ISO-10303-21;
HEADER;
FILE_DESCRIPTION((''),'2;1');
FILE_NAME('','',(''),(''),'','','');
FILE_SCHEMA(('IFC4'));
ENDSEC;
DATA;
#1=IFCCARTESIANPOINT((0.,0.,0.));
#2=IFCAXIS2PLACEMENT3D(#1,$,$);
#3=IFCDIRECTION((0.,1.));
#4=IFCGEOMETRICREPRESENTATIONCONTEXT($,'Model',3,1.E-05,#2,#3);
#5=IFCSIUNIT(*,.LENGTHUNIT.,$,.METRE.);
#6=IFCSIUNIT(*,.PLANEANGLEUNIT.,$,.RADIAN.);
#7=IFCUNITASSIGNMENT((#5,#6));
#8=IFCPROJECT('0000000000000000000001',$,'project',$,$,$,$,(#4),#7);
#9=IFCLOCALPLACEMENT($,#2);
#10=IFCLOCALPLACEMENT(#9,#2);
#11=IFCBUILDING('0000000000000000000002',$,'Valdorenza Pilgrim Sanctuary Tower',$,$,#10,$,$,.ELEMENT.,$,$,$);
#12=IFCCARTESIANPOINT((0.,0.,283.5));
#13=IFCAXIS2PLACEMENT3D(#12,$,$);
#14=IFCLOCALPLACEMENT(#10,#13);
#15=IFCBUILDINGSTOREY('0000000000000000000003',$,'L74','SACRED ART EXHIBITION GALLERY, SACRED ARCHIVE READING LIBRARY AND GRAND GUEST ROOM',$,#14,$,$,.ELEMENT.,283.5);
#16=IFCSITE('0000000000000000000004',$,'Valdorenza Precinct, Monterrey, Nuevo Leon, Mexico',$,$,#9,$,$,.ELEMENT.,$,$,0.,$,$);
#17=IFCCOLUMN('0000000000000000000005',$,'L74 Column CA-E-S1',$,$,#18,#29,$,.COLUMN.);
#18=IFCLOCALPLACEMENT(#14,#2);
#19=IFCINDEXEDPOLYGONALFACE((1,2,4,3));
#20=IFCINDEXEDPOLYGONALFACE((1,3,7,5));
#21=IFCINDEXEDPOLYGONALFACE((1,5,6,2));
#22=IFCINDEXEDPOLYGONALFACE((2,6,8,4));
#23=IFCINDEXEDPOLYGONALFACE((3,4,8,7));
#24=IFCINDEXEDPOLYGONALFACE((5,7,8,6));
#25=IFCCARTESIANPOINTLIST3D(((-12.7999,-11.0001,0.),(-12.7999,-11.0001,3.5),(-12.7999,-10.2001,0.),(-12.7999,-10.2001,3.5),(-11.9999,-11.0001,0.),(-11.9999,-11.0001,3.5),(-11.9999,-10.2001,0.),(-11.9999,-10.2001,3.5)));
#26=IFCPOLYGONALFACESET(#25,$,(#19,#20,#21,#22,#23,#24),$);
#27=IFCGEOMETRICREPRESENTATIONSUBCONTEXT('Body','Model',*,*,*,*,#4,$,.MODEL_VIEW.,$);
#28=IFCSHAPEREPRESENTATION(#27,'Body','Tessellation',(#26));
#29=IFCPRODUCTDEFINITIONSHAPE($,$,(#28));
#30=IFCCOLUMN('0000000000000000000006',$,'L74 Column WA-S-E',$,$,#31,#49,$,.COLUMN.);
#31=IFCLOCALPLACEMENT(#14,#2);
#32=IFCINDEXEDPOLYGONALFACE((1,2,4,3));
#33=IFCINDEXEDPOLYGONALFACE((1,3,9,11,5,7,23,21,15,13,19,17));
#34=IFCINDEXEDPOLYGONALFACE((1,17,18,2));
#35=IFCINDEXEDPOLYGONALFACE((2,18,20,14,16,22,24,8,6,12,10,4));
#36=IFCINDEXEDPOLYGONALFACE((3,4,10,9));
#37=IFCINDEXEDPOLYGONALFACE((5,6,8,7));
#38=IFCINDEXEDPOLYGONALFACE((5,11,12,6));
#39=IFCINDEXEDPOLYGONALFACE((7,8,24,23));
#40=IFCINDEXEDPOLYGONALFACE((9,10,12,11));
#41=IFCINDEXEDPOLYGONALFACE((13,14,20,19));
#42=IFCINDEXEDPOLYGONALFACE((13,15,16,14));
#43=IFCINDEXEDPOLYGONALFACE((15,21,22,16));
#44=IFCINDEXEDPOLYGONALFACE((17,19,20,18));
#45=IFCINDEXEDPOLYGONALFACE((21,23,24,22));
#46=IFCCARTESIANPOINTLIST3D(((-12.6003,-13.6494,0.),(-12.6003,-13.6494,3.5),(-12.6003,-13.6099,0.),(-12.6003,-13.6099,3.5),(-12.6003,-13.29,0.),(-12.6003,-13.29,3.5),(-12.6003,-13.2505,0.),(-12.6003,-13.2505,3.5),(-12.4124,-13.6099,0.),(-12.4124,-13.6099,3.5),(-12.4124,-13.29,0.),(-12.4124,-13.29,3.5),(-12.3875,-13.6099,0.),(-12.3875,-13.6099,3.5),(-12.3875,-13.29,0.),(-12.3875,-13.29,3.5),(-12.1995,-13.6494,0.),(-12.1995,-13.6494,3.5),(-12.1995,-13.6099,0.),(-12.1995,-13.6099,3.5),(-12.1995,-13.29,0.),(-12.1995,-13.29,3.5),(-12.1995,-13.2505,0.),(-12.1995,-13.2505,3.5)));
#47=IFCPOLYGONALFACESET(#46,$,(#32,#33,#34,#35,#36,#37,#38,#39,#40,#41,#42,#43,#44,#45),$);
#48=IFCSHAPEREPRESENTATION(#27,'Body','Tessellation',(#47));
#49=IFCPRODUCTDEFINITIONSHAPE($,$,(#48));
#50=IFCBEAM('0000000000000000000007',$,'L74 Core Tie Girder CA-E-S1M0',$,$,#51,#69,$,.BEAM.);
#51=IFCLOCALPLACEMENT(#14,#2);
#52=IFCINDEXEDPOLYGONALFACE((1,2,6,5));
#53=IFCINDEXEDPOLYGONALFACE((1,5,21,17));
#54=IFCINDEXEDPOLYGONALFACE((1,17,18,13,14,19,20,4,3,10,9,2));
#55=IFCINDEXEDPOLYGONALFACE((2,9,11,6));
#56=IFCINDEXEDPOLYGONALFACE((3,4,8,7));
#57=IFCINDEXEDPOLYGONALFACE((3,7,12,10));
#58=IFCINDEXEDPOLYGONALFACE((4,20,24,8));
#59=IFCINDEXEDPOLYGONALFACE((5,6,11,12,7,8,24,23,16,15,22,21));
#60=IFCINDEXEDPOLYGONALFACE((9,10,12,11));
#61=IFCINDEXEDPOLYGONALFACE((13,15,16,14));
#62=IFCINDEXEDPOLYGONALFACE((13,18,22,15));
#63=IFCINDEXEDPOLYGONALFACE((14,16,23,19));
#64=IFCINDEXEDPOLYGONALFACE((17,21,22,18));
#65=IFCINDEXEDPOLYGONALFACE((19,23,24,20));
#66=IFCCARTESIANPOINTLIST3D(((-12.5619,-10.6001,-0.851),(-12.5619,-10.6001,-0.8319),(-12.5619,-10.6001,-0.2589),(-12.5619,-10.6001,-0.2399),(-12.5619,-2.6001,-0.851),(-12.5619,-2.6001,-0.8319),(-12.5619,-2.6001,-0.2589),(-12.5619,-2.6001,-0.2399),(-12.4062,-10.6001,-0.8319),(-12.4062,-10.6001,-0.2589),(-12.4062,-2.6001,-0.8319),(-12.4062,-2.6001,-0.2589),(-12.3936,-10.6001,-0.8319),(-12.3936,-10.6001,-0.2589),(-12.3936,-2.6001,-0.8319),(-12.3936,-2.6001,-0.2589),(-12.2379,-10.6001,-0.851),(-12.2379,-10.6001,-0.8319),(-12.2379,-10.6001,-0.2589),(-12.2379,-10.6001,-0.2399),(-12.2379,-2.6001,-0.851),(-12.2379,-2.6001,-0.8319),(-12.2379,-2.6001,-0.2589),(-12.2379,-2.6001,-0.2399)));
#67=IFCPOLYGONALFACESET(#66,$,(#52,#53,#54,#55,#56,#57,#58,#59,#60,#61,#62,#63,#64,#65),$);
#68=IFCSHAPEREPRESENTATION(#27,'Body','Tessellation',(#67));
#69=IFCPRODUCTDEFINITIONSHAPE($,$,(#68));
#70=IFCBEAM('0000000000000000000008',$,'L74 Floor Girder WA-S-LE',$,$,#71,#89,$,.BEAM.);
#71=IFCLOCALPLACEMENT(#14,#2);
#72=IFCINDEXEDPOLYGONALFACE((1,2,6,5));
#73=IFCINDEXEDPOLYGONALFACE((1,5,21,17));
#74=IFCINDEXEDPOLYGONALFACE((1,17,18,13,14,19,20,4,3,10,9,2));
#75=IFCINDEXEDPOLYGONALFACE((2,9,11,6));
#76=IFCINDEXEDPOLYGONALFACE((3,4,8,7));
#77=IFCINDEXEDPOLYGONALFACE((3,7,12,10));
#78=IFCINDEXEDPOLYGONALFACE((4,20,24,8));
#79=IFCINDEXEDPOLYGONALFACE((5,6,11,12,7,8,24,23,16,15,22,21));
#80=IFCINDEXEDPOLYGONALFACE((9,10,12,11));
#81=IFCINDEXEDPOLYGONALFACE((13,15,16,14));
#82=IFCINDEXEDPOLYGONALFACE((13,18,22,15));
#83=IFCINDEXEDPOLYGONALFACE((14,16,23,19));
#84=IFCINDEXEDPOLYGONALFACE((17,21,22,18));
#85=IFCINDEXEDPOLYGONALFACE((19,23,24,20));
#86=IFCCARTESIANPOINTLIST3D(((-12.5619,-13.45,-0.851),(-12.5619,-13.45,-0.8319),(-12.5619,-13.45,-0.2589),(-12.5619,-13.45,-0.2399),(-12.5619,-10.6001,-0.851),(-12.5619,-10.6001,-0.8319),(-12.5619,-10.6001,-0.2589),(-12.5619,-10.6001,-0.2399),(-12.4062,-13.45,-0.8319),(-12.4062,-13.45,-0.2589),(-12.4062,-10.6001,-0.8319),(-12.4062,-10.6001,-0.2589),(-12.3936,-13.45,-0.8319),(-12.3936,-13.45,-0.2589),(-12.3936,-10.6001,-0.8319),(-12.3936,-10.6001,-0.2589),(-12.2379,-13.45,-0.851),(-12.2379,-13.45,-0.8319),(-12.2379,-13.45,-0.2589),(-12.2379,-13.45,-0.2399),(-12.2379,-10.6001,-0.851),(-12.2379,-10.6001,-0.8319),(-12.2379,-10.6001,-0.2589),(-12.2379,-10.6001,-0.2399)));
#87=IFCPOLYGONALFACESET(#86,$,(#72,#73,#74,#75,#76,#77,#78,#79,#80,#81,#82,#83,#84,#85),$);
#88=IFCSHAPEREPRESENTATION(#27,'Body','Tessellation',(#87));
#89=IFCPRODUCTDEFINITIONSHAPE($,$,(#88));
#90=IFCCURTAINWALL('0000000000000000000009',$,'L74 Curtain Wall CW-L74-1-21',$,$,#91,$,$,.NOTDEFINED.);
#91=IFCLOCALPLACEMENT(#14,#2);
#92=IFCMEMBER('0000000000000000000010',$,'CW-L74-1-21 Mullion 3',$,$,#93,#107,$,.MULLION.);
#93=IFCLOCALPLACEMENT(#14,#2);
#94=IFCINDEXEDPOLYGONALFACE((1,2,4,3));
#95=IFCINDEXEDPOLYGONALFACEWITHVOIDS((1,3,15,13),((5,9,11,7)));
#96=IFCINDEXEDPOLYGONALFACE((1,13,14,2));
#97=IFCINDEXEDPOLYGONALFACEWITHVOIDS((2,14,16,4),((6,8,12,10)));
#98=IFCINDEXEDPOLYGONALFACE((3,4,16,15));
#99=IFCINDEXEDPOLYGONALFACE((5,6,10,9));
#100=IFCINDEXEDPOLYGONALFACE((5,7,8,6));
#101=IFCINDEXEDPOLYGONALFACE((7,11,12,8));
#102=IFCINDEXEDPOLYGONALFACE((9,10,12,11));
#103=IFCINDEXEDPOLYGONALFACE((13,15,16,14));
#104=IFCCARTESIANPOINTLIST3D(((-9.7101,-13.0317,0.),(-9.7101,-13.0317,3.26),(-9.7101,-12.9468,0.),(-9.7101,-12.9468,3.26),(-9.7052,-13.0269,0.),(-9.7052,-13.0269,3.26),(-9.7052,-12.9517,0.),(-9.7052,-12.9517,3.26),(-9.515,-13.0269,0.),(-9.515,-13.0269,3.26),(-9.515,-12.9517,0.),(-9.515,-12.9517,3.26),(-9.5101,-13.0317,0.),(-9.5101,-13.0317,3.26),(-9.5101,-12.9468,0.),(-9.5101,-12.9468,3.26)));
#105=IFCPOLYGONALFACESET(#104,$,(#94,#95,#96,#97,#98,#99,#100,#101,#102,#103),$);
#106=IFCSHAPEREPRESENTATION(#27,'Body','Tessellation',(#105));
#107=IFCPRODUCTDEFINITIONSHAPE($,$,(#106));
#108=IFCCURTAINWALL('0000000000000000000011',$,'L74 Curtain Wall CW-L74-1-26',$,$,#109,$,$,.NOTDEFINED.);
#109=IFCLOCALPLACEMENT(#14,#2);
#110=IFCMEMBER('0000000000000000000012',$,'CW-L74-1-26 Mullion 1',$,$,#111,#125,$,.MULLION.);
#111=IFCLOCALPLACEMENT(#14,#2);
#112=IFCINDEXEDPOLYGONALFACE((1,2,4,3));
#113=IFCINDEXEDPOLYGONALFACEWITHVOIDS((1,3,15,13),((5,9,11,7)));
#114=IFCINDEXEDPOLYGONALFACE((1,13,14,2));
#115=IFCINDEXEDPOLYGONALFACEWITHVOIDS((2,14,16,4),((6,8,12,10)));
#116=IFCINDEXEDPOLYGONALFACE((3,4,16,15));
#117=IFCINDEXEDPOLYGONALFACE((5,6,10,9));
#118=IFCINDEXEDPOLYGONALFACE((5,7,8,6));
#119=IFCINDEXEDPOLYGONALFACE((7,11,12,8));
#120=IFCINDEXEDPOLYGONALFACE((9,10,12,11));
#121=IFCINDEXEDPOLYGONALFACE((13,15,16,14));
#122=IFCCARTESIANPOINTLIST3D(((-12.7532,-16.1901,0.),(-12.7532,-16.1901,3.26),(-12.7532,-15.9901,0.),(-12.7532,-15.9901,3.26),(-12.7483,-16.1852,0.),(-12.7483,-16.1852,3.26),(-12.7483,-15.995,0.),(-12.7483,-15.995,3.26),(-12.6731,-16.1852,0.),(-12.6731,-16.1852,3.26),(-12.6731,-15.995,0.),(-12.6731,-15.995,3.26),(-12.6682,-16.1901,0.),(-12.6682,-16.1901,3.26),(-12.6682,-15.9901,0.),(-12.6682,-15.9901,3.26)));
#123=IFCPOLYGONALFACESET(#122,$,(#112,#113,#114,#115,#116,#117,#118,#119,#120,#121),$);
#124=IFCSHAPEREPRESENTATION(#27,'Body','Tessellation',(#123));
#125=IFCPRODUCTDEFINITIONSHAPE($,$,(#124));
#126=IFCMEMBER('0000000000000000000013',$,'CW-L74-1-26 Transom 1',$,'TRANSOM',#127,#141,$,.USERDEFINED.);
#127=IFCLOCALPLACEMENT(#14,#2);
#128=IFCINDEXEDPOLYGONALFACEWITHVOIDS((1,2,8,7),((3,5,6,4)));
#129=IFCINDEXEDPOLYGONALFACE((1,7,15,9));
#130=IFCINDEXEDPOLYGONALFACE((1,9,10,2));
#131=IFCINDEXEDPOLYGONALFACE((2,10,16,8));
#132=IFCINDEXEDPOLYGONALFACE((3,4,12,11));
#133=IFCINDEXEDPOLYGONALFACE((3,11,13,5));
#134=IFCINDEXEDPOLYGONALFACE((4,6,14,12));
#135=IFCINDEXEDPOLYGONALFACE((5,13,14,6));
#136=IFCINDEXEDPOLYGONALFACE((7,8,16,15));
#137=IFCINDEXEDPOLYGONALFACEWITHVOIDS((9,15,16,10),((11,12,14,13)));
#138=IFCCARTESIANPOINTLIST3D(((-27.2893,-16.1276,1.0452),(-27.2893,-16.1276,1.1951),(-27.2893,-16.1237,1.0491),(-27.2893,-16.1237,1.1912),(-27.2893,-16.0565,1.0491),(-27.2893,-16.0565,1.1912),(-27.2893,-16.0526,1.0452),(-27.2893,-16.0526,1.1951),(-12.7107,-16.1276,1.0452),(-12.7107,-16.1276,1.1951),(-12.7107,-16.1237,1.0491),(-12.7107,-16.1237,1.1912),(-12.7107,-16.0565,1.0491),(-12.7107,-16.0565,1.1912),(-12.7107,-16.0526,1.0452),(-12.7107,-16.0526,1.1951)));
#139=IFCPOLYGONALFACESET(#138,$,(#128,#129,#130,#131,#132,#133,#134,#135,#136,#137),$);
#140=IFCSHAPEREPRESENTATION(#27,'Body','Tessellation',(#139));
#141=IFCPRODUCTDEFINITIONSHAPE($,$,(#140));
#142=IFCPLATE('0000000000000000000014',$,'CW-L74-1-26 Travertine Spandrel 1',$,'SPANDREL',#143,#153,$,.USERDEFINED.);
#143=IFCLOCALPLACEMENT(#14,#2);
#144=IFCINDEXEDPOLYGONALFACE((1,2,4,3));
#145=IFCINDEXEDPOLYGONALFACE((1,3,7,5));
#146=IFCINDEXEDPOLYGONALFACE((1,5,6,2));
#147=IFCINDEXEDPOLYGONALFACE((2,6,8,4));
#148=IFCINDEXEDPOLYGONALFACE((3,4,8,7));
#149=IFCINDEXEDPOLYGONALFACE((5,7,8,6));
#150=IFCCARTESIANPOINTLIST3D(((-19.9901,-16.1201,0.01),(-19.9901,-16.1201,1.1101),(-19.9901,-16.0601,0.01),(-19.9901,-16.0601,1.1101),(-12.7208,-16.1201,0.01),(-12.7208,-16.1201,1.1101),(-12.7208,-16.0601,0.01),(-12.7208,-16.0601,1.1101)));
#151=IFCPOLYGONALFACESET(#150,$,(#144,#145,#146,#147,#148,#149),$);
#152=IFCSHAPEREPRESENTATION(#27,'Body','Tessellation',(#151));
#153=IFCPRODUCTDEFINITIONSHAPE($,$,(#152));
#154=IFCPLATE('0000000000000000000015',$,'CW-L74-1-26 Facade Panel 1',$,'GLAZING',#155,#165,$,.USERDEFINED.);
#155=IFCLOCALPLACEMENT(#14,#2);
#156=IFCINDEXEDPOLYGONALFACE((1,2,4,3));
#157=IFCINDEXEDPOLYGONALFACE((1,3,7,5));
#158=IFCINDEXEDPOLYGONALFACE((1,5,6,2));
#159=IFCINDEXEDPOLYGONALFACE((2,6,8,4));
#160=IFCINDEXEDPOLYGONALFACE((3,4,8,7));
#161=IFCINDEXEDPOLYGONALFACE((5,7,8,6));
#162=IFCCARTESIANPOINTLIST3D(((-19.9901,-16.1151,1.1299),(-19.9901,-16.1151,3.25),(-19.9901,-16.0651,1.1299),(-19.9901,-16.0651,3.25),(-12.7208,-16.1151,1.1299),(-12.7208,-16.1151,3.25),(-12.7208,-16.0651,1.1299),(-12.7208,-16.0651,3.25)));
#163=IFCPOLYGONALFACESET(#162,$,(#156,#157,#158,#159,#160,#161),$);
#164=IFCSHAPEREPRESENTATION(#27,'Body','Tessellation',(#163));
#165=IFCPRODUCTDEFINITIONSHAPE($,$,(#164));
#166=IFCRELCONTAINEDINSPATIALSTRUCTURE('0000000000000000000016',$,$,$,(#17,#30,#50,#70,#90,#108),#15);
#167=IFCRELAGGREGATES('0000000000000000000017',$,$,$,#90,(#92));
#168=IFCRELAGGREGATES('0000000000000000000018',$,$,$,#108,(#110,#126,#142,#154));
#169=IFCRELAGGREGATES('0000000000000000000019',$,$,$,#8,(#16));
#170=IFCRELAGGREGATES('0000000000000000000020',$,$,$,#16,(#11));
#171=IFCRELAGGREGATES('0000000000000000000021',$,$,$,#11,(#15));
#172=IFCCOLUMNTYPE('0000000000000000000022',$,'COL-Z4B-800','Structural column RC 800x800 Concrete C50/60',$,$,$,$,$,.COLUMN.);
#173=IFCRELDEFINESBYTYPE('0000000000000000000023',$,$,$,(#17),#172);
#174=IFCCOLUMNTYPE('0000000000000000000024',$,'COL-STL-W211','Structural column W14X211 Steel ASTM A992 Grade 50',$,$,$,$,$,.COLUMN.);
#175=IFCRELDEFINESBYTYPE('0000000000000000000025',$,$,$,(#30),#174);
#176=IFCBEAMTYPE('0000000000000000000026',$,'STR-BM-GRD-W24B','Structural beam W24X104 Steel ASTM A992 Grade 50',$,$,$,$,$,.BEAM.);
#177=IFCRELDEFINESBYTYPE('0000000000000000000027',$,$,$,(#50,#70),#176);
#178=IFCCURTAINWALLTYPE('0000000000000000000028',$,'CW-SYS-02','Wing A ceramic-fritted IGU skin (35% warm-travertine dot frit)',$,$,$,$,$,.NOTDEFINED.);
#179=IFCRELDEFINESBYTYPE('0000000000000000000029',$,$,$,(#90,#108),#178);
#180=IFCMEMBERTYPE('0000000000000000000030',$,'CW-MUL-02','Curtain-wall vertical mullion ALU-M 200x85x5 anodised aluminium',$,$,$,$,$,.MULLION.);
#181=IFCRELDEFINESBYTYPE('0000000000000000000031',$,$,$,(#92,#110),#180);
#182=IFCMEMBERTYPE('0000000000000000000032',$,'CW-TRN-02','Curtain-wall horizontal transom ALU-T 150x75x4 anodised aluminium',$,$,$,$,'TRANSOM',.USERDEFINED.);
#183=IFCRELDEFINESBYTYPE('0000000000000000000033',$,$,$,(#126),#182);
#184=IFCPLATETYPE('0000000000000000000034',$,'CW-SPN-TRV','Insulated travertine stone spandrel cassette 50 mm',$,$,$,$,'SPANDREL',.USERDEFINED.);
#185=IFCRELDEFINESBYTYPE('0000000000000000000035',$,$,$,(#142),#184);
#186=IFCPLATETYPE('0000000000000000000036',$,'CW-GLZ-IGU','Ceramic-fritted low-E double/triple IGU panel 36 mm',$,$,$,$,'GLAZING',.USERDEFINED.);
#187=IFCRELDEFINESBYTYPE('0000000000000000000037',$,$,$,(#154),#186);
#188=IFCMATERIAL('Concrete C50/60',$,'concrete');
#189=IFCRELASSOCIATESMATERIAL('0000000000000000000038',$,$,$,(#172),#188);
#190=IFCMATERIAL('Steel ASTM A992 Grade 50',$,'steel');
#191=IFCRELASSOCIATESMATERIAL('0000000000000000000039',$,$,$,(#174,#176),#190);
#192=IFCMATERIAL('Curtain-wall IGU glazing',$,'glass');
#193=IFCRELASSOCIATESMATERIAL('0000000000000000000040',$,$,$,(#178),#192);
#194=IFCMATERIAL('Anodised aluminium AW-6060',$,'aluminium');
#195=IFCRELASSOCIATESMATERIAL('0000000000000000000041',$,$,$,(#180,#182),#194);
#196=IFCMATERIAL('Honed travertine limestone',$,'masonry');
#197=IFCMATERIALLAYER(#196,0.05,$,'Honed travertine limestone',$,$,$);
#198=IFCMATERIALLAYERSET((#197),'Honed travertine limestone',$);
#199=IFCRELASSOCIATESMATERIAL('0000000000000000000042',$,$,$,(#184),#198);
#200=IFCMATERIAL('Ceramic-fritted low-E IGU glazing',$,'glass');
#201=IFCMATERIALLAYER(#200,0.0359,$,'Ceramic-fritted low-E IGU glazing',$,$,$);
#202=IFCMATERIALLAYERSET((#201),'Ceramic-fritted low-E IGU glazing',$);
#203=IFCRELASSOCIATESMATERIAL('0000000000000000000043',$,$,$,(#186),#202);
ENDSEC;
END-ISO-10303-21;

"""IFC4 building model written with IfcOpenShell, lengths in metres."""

from ifc_helpers import new_model, si_unit, direction, frame, origin, origin_2d, place, context, subcontext, project, spatial, rectangle, hollow_rectangle, i_section, extrude, source, transform, mapped, material, layer, layer_set, material_profile, profile_set, type_object, element, aggregate, save


model = new_model("IFC4")

# Units and contexts
model_context = context("Model", 3, precision=1e-05, world=origin(), true_north=direction((0.0, 1.0)))
body_context = subcontext(model_context, "Body", "Model", "MODEL_VIEW")
ifc_project = project(units=[si_unit("LENGTHUNIT", "METRE"), si_unit("PLANEANGLEUNIT", "RADIAN")], contexts=[model_context])

# Site, building, storey
site_placement = place(None, origin())
site = spatial("IfcSite", under=ifc_project, at=site_placement, Name="Valdorenza Precinct, Monterrey, Nuevo Leon, Mexico", CompositionType="ELEMENT", RefElevation=0.0)
building_placement = place(site_placement, origin())
building = spatial("IfcBuilding", under=site, at=building_placement, Name="Valdorenza Pilgrim Sanctuary Tower", CompositionType="ELEMENT")
storey_placement = place(building_placement, frame((0.0, 0.0, 283.5)))
storey = spatial("IfcBuildingStorey", under=building, at=storey_placement, Name="L74", Description="SACRED ART EXHIBITION GALLERY, SACRED ARCHIVE READING LIBRARY AND GRAND GUEST ROOM", CompositionType="ELEMENT", Elevation=283.5)

# Columns
ifc_material_1 = material(Name="Concrete C50/60", Category="concrete")
ifc_material_profile_1 = material_profile(ifc_material_1, rectangle(XDim=0.8, YDim=0.8, at=origin_2d()), Name="RC 800x800")
ifc_profile_set_1 = profile_set([ifc_material_profile_1], Name="Concrete C50/60")
column_type_1 = type_object("IfcColumnType", Name="COL-Z4B-800", Description="Structural column RC 800x800 Concrete C50/60", PredefinedType="COLUMN", material=ifc_profile_set_1)
shared_shape_1 = source(origin(), body_context, "Body", "SweptSolid", [
    extrude(rectangle(XDim=0.8, YDim=0.8, at=origin_2d()), origin(), (0.0, 0.0, 1.0), 3.5),
])
column_1_placement = place(storey_placement, frame((-12.3999, -10.6001, 0.0), z_axis=(0.0, 0.0, 1.0), x_axis=(1.0, 0.0, 0.0)))
element("IfcColumn", 1, at=column_1_placement, inside=storey, type_object=column_type_1, Name="L74 Column CA-E-S1", PredefinedType="COLUMN", context=body_context, shape_type="MappedRepresentation", body=[
    mapped(shared_shape_1, transform((0.0, 0.0, 0.0), x_axis=(1.0, 0.0, 0.0), y_axis=(0.0, 1.0, 0.0), z_axis=(0.0, 0.0, 1.0), scale=1.0)),
])
ifc_material_2 = material(Name="Steel ASTM A992 Grade 50", Category="steel")
ifc_material_profile_2 = material_profile(ifc_material_2, i_section(OverallWidth=0.4009, OverallDepth=0.3989, WebThickness=0.0249, FlangeThickness=0.0396, at=origin_2d()), Name="W14X211")
ifc_profile_set_2 = profile_set([ifc_material_profile_2], Name="Steel ASTM A992 Grade 50")
column_type_2 = type_object("IfcColumnType", Name="COL-STL-W211", Description="Structural column W14X211 Steel ASTM A992 Grade 50", PredefinedType="COLUMN", material=ifc_profile_set_2)
shared_shape_2 = source(origin(), body_context, "Body", "SweptSolid", [
    extrude(i_section(OverallWidth=0.4009, OverallDepth=0.3989, WebThickness=0.0249, FlangeThickness=0.0396, at=origin_2d()), origin(), (0.0, 0.0, 1.0), 3.5),
])
column_2_placement = place(storey_placement, frame((-12.3999, -13.45, 0.0), z_axis=(0.0, 0.0, 1.0), x_axis=(1.0, 0.0, 0.0)))
element("IfcColumn", 2, at=column_2_placement, inside=storey, type_object=column_type_2, Name="L74 Column WA-S-E", PredefinedType="COLUMN", context=body_context, shape_type="MappedRepresentation", body=[
    mapped(shared_shape_2, transform((0.0, 0.0, 0.0), x_axis=(1.0, 0.0, 0.0), y_axis=(0.0, 1.0, 0.0), z_axis=(0.0, 0.0, 1.0), scale=1.0)),
])

# Beams
ifc_material_profile_3 = material_profile(ifc_material_2, i_section(OverallWidth=0.324, OverallDepth=0.6111, WebThickness=0.0127, FlangeThickness=0.019, at=origin_2d()), Name="W24X104")
ifc_profile_set_3 = profile_set([ifc_material_profile_3], Name="Steel ASTM A992 Grade 50")
beam_type = type_object("IfcBeamType", Name="STR-BM-GRD-W24B", Description="Structural beam W24X104 Steel ASTM A992 Grade 50", PredefinedType="BEAM", material=ifc_profile_set_3)
shared_shape_3 = source(origin(), body_context, "Body", "SweptSolid", [
    extrude(i_section(OverallWidth=0.324, OverallDepth=0.6111, WebThickness=0.0127, FlangeThickness=0.019, at=origin_2d()), origin(), (0.0, 0.0, 1.0), 8.0),
])
beam_1_placement = place(storey_placement, frame((-12.3999, -10.6001, -0.5454), z_axis=(0.0, 1.0, 0.0), x_axis=(-1.0, 0.0, 0.0)))
element("IfcBeam", 3, at=beam_1_placement, inside=storey, type_object=beam_type, Name="L74 Core Tie Girder CA-E-S1M0", PredefinedType="BEAM", context=body_context, shape_type="MappedRepresentation", body=[
    mapped(shared_shape_3, transform((0.0, 0.0, 0.0), x_axis=(1.0, 0.0, 0.0), y_axis=(0.0, 1.0, 0.0), z_axis=(0.0, 0.0, 1.0), scale=1.0)),
])
shared_shape_4 = source(origin(), body_context, "Body", "SweptSolid", [
    extrude(i_section(OverallWidth=0.324, OverallDepth=0.6111, WebThickness=0.0127, FlangeThickness=0.019, at=origin_2d()), origin(), (0.0, 0.0, 1.0), 2.8499),
])
beam_2_placement = place(storey_placement, frame((-12.3999, -13.45, -0.5454), z_axis=(0.0, 1.0, 0.0), x_axis=(-1.0, 0.0, 0.0)))
element("IfcBeam", 4, at=beam_2_placement, inside=storey, type_object=beam_type, Name="L74 Floor Girder WA-S-LE", PredefinedType="BEAM", context=body_context, shape_type="MappedRepresentation", body=[
    mapped(shared_shape_4, transform((0.0, 0.0, 0.0), x_axis=(1.0, 0.0, 0.0), y_axis=(0.0, 1.0, 0.0), z_axis=(0.0, 0.0, 1.0), scale=1.0)),
])

# Curtain wall, member
ifc_material_3 = material(Name="Curtain-wall IGU glazing", Category="glass")
curtain_wall_type = type_object("IfcCurtainWallType", Name="CW-SYS-02", Description="Wing A ceramic-fritted IGU skin (35% warm-travertine dot frit)", PredefinedType="NOTDEFINED", material=ifc_material_3)
curtain_wall_1_placement = place(storey_placement, origin())
curtain_wall_1 = element("IfcCurtainWall", 5, at=curtain_wall_1_placement, inside=storey, type_object=curtain_wall_type, Name="L74 Curtain Wall CW-L74-1-21", PredefinedType="NOTDEFINED")
ifc_material_4 = material(Name="Anodised aluminium AW-6060", Category="aluminium")
ifc_material_profile_4 = material_profile(ifc_material_4, hollow_rectangle(XDim=0.085, YDim=0.2, WallThickness=0.0049, at=origin_2d()), Name="ALU-M 200x85x5")
ifc_profile_set_4 = profile_set([ifc_material_profile_4], Name="Anodised aluminium AW-6060")
member_type_1 = type_object("IfcMemberType", Name="CW-MUL-02", Description="Curtain-wall vertical mullion ALU-M 200x85x5 anodised aluminium", PredefinedType="MULLION", material=ifc_profile_set_4)
shared_shape_5 = source(origin(), body_context, "Body", "SweptSolid", [
    extrude(hollow_rectangle(XDim=0.085, YDim=0.2, WallThickness=0.0049, at=origin_2d()), origin(), (0.0, 0.0, 1.0), 3.26),
])
member_1_placement = place(storey_placement, frame((-9.6101, -12.9893, 0.0), z_axis=(0.0, 0.0, 1.0), x_axis=(0.0, -1.0, 0.0)))
member_1 = element("IfcMember", 6, at=member_1_placement, type_object=member_type_1, Name="CW-L74-1-21 Mullion 3", PredefinedType="MULLION", context=body_context, shape_type="MappedRepresentation", body=[
    mapped(shared_shape_5, transform((0.0, 0.0, 0.0), x_axis=(1.0, 0.0, 0.0), y_axis=(0.0, 1.0, 0.0), z_axis=(0.0, 0.0, 1.0), scale=1.0)),
])
aggregate(curtain_wall_1, [member_1])

# Curtain wall, members, plates
curtain_wall_2_placement = place(storey_placement, origin())
curtain_wall_2 = element("IfcCurtainWall", 7, at=curtain_wall_2_placement, inside=storey, type_object=curtain_wall_type, Name="L74 Curtain Wall CW-L74-1-26", PredefinedType="NOTDEFINED")
member_2_placement = place(storey_placement, frame((-12.7107, -16.0901, 0.0), z_axis=(0.0, 0.0, 1.0), x_axis=(-1.0, 0.0, 0.0)))
member_2 = element("IfcMember", 8, at=member_2_placement, type_object=member_type_1, Name="CW-L74-1-26 Mullion 1", PredefinedType="MULLION", context=body_context, shape_type="MappedRepresentation", body=[
    mapped(shared_shape_5, transform((0.0, 0.0, 0.0), x_axis=(1.0, 0.0, 0.0), y_axis=(0.0, 1.0, 0.0), z_axis=(0.0, 0.0, 1.0), scale=1.0)),
])
ifc_material_profile_5 = material_profile(ifc_material_4, hollow_rectangle(XDim=0.075, YDim=0.1499, WallThickness=0.0039, at=origin_2d()), Name="ALU-T 150x75x4")
ifc_profile_set_5 = profile_set([ifc_material_profile_5], Name="Anodised aluminium AW-6060")
member_type_2 = type_object("IfcMemberType", Name="CW-TRN-02", Description="Curtain-wall horizontal transom ALU-T 150x75x4 anodised aluminium", ElementType="TRANSOM", PredefinedType="USERDEFINED", material=ifc_profile_set_5)
shared_shape_6 = source(origin(), body_context, "Body", "SweptSolid", [
    extrude(hollow_rectangle(XDim=0.075, YDim=0.1499, WallThickness=0.0039, at=origin_2d()), origin(), (0.0, 0.0, 1.0), 14.5786),
])
member_3_placement = place(storey_placement, frame((-12.7107, -16.0901, 1.1201), z_axis=(-1.0, 0.0, 0.0), x_axis=(0.0, -1.0, 0.0)))
member_3 = element("IfcMember", 9, at=member_3_placement, type_object=member_type_2, Name="CW-L74-1-26 Transom 1", ObjectType="TRANSOM", PredefinedType="USERDEFINED", context=body_context, shape_type="MappedRepresentation", body=[
    mapped(shared_shape_6, transform((0.0, 0.0, 0.0), x_axis=(1.0, 0.0, 0.0), y_axis=(0.0, 1.0, 0.0), z_axis=(0.0, 0.0, 1.0), scale=1.0)),
])
ifc_material_5 = material(Name="Honed travertine limestone", Category="masonry")
ifc_layer_1 = layer(ifc_material_5, 0.05, Name="Honed travertine limestone")
ifc_layer_set_1 = layer_set([ifc_layer_1], Name="Honed travertine limestone")
plate_type_1 = type_object("IfcPlateType", Name="CW-SPN-TRV", Description="Insulated travertine stone spandrel cassette 50 mm", ElementType="SPANDREL", PredefinedType="USERDEFINED", material=ifc_layer_set_1)
shared_shape_7 = source(origin(), body_context, "Body", "SweptSolid", [
    extrude(rectangle(XDim=7.2693, YDim=0.0601, at=origin_2d()), origin(), (0.0, 0.0, 1.0), 1.1001),
])
plate_1_placement = place(storey_placement, frame((-16.3555, -16.0901, 0.01), z_axis=(0.0, 0.0, 1.0), x_axis=(-1.0, 0.0, 0.0)))
plate_1 = element("IfcPlate", 10, at=plate_1_placement, type_object=plate_type_1, Name="CW-L74-1-26 Travertine Spandrel 1", ObjectType="SPANDREL", PredefinedType="USERDEFINED", context=body_context, shape_type="MappedRepresentation", body=[
    mapped(shared_shape_7, transform((0.0, 0.0, 0.0), x_axis=(1.0, 0.0, 0.0), y_axis=(0.0, 1.0, 0.0), z_axis=(0.0, 0.0, 1.0), scale=1.0)),
])
ifc_material_6 = material(Name="Ceramic-fritted low-E IGU glazing", Category="glass")
ifc_layer_2 = layer(ifc_material_6, 0.0359, Name="Ceramic-fritted low-E IGU glazing")
ifc_layer_set_2 = layer_set([ifc_layer_2], Name="Ceramic-fritted low-E IGU glazing")
plate_type_2 = type_object("IfcPlateType", Name="CW-GLZ-IGU", Description="Ceramic-fritted low-E double/triple IGU panel 36 mm", ElementType="GLAZING", PredefinedType="USERDEFINED", material=ifc_layer_set_2)
shared_shape_8 = source(origin(), body_context, "Body", "SweptSolid", [
    extrude(rectangle(XDim=7.2693, YDim=0.05, at=origin_2d()), origin(), (0.0, 0.0, 1.0), 2.1201),
])
plate_2_placement = place(storey_placement, frame((-16.3555, -16.0901, 1.1299), z_axis=(0.0, 0.0, 1.0), x_axis=(-1.0, 0.0, 0.0)))
plate_2 = element("IfcPlate", 11, at=plate_2_placement, type_object=plate_type_2, Name="CW-L74-1-26 Facade Panel 1", ObjectType="GLAZING", PredefinedType="USERDEFINED", context=body_context, shape_type="MappedRepresentation", body=[
    mapped(shared_shape_8, transform((0.0, 0.0, 0.0), x_axis=(1.0, 0.0, 0.0), y_axis=(0.0, 1.0, 0.0), z_axis=(0.0, 0.0, 1.0), scale=1.0)),
])
aggregate(curtain_wall_2, [member_2, member_3, plate_1, plate_2])

save(model, "model.ifc")
